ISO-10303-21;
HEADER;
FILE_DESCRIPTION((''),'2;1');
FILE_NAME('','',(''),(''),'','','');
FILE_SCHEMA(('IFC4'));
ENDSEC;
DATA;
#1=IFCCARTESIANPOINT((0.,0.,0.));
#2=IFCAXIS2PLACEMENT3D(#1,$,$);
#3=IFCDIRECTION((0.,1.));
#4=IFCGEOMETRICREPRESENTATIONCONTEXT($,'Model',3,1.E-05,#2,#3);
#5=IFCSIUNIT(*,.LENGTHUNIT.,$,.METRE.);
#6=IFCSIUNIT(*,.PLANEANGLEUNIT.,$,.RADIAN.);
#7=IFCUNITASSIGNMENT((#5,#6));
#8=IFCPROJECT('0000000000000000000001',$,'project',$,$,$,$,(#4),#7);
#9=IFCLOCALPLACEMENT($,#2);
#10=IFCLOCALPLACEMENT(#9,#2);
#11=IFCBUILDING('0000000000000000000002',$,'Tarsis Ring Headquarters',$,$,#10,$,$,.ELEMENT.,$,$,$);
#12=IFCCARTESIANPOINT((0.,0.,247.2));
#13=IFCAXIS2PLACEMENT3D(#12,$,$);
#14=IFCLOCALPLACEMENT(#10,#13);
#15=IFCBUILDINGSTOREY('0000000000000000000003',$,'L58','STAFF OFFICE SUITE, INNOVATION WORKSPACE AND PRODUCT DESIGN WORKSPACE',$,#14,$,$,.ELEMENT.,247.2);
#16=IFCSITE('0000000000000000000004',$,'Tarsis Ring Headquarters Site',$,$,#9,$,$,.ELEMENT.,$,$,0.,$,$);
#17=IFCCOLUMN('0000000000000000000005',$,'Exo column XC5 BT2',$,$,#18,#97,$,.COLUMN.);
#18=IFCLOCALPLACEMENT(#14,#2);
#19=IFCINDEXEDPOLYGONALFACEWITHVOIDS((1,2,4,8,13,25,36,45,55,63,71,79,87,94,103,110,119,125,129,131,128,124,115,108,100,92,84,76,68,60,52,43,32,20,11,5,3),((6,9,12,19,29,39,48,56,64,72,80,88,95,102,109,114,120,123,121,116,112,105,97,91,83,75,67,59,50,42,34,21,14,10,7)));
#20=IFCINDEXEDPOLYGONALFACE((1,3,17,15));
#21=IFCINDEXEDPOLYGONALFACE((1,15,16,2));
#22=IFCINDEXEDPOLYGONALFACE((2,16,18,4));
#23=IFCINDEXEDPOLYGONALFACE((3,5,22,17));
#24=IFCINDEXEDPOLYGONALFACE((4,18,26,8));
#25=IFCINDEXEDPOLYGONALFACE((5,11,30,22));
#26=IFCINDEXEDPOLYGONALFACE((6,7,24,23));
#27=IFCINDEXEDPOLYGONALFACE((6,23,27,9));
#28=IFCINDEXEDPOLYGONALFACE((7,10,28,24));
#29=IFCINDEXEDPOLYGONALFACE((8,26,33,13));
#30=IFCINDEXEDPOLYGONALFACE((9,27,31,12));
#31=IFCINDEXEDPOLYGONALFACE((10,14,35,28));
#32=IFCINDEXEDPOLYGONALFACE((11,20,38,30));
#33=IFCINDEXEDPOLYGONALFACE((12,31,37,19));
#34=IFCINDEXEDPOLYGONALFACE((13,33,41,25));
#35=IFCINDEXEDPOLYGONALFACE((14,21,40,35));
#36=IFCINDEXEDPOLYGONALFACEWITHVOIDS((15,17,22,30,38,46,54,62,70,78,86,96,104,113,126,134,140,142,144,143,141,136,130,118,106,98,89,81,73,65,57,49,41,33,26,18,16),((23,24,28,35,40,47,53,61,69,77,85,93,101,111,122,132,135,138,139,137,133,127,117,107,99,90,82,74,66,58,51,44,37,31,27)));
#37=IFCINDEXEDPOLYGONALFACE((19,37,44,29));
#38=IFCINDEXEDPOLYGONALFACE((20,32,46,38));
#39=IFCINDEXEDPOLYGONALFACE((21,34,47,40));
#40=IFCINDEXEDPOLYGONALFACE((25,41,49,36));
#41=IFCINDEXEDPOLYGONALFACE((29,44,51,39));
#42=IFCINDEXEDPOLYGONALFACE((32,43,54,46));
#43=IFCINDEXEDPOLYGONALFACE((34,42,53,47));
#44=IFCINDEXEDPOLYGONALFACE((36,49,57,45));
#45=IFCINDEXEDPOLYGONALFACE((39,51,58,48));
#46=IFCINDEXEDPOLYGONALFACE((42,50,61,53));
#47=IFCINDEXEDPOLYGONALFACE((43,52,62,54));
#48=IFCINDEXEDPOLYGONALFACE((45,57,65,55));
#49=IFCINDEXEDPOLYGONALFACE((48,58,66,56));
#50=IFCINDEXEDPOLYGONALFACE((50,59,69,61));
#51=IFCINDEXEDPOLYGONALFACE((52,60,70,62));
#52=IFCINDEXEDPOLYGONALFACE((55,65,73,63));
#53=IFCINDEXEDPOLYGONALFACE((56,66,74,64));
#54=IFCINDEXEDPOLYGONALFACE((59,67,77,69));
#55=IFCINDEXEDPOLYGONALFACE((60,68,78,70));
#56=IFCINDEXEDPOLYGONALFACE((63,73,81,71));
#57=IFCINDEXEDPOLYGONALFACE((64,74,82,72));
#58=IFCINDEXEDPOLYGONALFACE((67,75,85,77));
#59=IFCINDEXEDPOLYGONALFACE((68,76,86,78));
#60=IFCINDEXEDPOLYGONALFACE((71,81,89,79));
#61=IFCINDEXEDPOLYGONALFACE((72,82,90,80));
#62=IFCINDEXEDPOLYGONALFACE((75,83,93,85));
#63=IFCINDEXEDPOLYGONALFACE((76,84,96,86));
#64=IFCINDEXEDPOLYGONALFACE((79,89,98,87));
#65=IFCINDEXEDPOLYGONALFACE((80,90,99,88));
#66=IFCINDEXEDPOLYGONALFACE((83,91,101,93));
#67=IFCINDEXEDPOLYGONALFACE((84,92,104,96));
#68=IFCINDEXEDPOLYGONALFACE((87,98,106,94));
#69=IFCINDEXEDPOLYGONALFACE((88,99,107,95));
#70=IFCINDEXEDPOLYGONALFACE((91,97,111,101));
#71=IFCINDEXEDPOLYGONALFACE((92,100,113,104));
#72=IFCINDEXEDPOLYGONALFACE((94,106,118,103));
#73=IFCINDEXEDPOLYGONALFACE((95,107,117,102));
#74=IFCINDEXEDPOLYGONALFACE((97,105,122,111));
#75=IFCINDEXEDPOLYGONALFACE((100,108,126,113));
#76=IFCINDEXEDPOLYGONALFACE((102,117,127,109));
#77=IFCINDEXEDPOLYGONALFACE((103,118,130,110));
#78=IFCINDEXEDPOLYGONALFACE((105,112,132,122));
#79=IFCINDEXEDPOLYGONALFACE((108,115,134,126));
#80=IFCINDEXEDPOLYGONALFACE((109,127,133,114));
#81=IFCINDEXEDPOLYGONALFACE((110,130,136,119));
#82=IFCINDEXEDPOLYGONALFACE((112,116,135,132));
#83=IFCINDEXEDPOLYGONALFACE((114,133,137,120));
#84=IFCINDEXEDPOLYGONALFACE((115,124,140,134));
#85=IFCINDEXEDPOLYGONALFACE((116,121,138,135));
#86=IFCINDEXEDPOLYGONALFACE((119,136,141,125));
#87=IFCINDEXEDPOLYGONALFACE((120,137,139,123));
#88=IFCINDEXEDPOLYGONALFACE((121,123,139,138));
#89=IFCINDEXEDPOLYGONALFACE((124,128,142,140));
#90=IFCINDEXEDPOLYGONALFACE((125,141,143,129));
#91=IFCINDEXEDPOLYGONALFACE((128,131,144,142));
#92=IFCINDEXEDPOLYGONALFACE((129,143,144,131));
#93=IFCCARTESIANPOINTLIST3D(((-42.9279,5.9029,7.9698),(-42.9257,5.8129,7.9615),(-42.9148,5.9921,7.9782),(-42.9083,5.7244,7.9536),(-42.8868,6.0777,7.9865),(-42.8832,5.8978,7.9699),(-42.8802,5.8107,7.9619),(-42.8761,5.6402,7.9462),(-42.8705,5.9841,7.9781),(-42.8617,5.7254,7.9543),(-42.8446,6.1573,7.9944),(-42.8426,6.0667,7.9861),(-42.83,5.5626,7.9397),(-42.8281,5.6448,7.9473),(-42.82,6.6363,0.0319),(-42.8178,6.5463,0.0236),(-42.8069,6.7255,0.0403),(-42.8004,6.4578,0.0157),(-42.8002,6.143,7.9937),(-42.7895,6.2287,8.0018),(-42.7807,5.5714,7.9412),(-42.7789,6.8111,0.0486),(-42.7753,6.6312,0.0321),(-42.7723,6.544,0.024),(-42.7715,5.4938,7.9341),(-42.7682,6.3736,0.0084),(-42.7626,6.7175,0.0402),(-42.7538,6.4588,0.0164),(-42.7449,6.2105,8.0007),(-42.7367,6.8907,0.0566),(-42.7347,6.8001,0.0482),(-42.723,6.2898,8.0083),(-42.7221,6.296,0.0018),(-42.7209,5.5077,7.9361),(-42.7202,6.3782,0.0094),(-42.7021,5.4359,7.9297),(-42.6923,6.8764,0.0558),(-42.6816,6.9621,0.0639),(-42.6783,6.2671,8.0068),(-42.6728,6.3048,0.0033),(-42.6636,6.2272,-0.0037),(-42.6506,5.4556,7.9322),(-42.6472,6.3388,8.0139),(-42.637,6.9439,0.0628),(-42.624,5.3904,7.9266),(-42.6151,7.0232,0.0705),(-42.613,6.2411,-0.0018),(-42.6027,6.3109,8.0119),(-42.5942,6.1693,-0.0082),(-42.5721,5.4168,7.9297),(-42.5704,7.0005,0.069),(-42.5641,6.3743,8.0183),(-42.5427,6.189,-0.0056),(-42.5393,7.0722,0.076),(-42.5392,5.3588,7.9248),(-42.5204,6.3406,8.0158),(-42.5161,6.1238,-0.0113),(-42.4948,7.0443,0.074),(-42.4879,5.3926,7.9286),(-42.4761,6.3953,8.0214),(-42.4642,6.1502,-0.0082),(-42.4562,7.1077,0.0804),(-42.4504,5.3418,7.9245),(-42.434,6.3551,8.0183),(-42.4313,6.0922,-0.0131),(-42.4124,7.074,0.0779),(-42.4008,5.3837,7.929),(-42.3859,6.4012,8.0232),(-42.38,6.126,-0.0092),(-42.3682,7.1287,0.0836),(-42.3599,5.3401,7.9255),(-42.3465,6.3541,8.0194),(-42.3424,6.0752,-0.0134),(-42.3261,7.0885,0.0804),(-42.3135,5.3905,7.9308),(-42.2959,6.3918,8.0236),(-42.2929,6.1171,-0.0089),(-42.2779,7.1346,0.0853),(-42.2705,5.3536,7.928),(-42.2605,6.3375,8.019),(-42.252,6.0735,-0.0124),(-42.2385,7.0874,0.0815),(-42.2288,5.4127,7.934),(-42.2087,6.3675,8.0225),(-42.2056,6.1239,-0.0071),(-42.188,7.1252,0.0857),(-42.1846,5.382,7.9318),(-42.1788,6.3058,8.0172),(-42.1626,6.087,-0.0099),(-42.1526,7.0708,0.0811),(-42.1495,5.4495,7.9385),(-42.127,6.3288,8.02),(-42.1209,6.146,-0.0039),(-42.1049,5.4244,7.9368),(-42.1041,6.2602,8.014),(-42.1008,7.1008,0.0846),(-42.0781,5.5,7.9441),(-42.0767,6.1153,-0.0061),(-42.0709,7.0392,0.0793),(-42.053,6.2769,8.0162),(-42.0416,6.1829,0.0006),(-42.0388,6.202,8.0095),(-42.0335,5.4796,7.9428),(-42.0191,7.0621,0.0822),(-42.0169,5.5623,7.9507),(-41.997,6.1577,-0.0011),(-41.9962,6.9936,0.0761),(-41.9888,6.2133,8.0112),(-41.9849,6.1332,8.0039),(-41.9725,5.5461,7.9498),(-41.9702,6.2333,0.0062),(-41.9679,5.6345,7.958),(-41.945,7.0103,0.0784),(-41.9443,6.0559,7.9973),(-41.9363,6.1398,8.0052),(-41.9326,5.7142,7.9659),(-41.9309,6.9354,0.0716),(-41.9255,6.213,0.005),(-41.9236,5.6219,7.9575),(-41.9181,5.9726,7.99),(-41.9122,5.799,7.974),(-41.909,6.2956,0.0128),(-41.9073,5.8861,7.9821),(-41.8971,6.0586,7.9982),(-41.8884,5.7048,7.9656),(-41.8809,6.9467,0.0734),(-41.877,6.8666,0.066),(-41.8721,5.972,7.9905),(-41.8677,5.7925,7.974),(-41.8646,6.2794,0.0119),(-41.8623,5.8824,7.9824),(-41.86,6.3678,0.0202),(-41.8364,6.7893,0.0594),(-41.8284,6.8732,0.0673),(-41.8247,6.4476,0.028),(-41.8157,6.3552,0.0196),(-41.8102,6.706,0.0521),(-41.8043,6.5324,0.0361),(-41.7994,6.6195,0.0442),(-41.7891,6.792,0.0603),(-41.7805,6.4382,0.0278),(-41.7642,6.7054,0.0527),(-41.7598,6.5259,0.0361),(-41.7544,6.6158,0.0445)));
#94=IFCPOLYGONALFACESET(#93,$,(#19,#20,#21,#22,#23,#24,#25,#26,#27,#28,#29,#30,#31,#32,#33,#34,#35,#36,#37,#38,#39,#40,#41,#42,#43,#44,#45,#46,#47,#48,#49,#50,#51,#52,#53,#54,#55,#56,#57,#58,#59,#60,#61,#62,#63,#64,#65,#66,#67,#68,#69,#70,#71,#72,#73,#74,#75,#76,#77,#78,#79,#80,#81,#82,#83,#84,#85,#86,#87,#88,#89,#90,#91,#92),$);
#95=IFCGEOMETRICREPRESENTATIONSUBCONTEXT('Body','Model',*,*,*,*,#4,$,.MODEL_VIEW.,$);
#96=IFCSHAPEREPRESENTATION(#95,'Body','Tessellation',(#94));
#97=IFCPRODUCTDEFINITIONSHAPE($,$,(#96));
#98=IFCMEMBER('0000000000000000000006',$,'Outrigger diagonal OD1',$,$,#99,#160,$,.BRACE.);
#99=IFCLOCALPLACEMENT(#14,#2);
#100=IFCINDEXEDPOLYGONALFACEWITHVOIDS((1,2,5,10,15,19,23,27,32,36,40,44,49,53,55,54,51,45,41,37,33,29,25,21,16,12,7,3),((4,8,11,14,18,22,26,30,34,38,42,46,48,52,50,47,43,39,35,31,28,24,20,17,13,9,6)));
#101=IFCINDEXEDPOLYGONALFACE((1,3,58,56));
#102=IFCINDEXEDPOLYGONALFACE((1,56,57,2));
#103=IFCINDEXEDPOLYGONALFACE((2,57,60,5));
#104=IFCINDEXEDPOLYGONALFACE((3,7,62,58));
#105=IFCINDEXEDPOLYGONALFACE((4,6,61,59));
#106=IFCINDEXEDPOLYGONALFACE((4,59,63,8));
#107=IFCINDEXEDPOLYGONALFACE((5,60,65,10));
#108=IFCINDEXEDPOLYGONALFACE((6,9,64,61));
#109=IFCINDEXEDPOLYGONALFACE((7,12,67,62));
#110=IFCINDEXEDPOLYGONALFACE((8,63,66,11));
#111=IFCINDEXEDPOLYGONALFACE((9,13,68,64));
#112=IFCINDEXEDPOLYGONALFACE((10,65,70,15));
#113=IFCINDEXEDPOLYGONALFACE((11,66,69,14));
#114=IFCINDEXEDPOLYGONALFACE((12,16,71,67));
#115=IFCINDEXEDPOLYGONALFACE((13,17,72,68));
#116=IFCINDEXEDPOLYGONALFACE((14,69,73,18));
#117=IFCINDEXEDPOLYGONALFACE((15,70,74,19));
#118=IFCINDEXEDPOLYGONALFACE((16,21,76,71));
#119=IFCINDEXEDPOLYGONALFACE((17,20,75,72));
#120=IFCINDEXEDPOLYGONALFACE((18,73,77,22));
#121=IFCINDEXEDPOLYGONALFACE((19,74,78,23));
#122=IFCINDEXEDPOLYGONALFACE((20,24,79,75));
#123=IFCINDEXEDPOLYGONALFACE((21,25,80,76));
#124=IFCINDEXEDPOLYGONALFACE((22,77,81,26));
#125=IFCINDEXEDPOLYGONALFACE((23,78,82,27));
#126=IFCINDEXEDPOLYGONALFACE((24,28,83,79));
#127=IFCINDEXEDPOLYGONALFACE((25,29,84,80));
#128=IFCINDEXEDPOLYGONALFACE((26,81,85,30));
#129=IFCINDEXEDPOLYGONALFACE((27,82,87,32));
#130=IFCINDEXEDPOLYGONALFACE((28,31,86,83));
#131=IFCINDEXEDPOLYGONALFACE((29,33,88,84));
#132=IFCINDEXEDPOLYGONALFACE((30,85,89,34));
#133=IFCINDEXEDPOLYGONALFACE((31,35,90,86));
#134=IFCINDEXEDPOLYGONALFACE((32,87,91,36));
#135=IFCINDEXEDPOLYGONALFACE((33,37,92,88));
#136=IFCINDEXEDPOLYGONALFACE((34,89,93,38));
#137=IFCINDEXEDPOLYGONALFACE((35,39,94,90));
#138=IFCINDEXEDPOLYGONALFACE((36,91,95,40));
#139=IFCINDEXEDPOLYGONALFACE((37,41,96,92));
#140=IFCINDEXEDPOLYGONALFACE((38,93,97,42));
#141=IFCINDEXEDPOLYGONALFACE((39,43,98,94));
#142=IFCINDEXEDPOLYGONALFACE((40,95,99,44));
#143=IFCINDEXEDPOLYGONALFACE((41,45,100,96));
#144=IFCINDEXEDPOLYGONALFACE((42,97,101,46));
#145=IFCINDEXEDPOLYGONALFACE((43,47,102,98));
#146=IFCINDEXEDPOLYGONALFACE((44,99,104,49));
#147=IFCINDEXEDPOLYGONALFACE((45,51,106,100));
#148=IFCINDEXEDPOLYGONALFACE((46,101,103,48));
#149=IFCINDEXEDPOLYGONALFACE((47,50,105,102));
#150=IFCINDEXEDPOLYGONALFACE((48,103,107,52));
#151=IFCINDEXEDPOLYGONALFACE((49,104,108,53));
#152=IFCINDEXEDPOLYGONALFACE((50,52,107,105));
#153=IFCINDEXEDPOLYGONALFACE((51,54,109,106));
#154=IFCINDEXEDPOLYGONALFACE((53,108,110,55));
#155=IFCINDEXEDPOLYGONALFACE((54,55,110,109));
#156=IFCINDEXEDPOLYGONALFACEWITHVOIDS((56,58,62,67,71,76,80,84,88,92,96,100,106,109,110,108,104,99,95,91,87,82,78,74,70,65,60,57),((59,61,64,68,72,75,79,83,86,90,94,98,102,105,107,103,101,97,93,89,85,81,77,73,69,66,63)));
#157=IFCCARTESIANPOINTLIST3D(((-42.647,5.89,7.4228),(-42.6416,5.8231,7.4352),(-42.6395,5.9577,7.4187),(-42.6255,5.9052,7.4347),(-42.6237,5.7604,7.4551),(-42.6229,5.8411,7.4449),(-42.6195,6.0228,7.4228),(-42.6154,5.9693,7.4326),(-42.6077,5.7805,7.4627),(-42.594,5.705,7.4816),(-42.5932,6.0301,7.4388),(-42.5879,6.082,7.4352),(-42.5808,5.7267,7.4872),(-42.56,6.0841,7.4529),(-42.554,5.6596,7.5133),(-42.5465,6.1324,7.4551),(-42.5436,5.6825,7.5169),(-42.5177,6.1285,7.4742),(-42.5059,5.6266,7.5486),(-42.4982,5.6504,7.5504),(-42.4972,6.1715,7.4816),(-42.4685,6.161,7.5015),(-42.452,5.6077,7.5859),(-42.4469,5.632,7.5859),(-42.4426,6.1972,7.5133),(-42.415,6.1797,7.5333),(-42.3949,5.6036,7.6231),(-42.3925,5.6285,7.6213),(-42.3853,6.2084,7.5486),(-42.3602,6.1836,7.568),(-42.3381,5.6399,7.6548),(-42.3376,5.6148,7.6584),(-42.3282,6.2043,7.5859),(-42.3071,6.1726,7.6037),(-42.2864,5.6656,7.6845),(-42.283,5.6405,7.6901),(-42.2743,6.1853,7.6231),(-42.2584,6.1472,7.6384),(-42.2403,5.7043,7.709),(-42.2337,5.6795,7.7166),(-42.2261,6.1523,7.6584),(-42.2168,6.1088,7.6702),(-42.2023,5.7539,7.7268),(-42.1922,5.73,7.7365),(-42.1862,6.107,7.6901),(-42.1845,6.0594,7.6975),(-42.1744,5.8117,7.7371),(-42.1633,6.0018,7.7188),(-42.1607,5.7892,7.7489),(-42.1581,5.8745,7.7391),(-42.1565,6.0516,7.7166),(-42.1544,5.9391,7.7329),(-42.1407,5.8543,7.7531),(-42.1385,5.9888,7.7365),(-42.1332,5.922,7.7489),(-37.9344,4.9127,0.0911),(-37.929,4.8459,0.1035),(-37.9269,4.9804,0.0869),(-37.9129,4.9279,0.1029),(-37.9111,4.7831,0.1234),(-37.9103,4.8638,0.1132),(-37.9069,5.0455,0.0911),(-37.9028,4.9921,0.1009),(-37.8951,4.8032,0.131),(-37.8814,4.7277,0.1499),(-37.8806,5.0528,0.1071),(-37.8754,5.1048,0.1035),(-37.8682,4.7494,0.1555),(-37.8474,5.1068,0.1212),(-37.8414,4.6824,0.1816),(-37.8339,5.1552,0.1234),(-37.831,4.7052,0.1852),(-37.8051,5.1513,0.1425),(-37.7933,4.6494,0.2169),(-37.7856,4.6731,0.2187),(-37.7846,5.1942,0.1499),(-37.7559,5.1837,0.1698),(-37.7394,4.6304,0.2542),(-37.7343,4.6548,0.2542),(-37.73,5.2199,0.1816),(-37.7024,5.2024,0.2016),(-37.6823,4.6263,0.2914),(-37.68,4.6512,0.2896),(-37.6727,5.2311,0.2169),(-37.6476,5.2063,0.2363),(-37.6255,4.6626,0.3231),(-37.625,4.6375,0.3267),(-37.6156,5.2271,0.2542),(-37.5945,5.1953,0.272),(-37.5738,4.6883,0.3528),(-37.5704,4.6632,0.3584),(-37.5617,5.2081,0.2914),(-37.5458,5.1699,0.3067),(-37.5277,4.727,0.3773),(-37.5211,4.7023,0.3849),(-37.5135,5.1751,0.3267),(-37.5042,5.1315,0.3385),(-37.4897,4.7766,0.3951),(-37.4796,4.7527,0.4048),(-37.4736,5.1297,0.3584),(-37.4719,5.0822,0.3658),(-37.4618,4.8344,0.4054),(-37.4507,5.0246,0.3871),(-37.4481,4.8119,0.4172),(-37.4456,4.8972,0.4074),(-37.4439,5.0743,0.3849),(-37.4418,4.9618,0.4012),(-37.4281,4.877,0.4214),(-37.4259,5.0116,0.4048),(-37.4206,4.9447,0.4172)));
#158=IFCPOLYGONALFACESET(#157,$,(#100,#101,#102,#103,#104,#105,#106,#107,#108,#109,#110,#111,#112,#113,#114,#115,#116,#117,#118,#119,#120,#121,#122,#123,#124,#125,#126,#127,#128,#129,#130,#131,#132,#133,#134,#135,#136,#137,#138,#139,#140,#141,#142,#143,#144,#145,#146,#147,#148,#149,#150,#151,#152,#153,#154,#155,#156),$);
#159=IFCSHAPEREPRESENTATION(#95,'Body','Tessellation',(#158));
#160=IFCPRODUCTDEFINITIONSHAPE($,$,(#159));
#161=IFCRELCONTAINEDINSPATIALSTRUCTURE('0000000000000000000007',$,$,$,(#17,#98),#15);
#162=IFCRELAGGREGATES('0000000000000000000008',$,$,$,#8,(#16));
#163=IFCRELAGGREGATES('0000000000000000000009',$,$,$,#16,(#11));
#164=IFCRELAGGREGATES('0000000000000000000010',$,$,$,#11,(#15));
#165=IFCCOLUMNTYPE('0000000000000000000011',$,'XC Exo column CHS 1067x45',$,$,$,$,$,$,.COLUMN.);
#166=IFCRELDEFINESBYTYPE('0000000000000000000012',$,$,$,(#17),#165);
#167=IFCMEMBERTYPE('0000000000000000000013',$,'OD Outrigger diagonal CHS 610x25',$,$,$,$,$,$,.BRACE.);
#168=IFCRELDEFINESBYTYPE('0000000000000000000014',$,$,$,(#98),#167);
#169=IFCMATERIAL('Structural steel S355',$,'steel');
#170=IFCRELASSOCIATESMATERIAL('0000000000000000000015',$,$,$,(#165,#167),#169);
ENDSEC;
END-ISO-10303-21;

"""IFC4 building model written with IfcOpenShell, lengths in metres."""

from ifc_helpers import new_model, si_unit, direction, frame, origin, origin_2d, place, context, subcontext, project, spatial, hollow_circle, extrude, material, material_profile, profile_set, type_object, element, save


model = new_model("IFC4")

# Units and contexts
model_context = context("Model", 3, precision=1e-05, world=origin(), true_north=direction((0.0, 1.0)))
body_context = subcontext(model_context, "Body", "Model", "MODEL_VIEW")
ifc_project = project(units=[si_unit("LENGTHUNIT", "METRE"), si_unit("PLANEANGLEUNIT", "RADIAN")], contexts=[model_context])

# Site, building, storey
site_placement = place(None, origin())
site = spatial("IfcSite", under=ifc_project, at=site_placement, Name="Tarsis Ring Headquarters Site", CompositionType="ELEMENT", RefElevation=0.0)
building_placement = place(site_placement, origin())
building = spatial("IfcBuilding", under=site, at=building_placement, Name="Tarsis Ring Headquarters", CompositionType="ELEMENT")
storey_placement = place(building_placement, frame((0.0, 0.0, 247.2)))
storey = spatial("IfcBuildingStorey", under=building, at=storey_placement, Name="L58", Description="STAFF OFFICE SUITE, INNOVATION WORKSPACE AND PRODUCT DESIGN WORKSPACE", CompositionType="ELEMENT", Elevation=247.2)

# Column
ifc_material_1 = material(Name="Structural steel S355", Category="steel")
ifc_material_profile_1 = material_profile(ifc_material_1, hollow_circle(Radius=0.5334, WallThickness=0.0449, at=origin_2d()), Name="CHS 1067x45")
ifc_profile_set_1 = profile_set([ifc_material_profile_1], Name="Structural steel S355")
column_type = type_object("IfcColumnType", Name="XC Exo column CHS 1067x45", PredefinedType="COLUMN", material=ifc_profile_set_1)
column_placement = place(storey_placement, frame((-42.2876, 6.6035, 0.0361), z_axis=(-0.013535, -0.091991, 0.995668), x_axis=(0.989348, -0.14557, 0.0)))
element("IfcColumn", 1, at=column_placement, inside=storey, type_object=column_type, Name="Exo column XC5 BT2", PredefinedType="COLUMN", context=body_context, shape_type="SweptSolid", body=[
    extrude(hollow_circle(Radius=0.5334, WallThickness=0.0449, at=origin_2d()), origin(), (0.0, 0.0, 1.0), 7.9724),
])

# Member
ifc_material_profile_2 = material_profile(ifc_material_1, hollow_circle(Radius=0.3047, WallThickness=0.0249, at=origin_2d()), Name="CHS 610x25")
ifc_profile_set_2 = profile_set([ifc_material_profile_2], Name="Structural steel S355")
member_type_1 = type_object("IfcMemberType", Name="OD Outrigger diagonal CHS 610x25", PredefinedType="BRACE", material=ifc_profile_set_2)
member_1_placement = place(storey_placement, frame((-37.6775, 4.9287, 0.2542), z_axis=(-0.537338, 0.111432, 0.835973), x_axis=(-0.203057, -0.979167, 0.0)))
element("IfcMember", 2, at=member_1_placement, inside=storey, type_object=member_type_1, Name="Outrigger diagonal OD1", PredefinedType="BRACE", context=body_context, shape_type="SweptSolid", body=[
    extrude(hollow_circle(Radius=0.3047, WallThickness=0.0249, at=origin_2d()), origin(), (0.0, 0.0, 1.0), 8.7703),
])

save(model, "model.ifc")
